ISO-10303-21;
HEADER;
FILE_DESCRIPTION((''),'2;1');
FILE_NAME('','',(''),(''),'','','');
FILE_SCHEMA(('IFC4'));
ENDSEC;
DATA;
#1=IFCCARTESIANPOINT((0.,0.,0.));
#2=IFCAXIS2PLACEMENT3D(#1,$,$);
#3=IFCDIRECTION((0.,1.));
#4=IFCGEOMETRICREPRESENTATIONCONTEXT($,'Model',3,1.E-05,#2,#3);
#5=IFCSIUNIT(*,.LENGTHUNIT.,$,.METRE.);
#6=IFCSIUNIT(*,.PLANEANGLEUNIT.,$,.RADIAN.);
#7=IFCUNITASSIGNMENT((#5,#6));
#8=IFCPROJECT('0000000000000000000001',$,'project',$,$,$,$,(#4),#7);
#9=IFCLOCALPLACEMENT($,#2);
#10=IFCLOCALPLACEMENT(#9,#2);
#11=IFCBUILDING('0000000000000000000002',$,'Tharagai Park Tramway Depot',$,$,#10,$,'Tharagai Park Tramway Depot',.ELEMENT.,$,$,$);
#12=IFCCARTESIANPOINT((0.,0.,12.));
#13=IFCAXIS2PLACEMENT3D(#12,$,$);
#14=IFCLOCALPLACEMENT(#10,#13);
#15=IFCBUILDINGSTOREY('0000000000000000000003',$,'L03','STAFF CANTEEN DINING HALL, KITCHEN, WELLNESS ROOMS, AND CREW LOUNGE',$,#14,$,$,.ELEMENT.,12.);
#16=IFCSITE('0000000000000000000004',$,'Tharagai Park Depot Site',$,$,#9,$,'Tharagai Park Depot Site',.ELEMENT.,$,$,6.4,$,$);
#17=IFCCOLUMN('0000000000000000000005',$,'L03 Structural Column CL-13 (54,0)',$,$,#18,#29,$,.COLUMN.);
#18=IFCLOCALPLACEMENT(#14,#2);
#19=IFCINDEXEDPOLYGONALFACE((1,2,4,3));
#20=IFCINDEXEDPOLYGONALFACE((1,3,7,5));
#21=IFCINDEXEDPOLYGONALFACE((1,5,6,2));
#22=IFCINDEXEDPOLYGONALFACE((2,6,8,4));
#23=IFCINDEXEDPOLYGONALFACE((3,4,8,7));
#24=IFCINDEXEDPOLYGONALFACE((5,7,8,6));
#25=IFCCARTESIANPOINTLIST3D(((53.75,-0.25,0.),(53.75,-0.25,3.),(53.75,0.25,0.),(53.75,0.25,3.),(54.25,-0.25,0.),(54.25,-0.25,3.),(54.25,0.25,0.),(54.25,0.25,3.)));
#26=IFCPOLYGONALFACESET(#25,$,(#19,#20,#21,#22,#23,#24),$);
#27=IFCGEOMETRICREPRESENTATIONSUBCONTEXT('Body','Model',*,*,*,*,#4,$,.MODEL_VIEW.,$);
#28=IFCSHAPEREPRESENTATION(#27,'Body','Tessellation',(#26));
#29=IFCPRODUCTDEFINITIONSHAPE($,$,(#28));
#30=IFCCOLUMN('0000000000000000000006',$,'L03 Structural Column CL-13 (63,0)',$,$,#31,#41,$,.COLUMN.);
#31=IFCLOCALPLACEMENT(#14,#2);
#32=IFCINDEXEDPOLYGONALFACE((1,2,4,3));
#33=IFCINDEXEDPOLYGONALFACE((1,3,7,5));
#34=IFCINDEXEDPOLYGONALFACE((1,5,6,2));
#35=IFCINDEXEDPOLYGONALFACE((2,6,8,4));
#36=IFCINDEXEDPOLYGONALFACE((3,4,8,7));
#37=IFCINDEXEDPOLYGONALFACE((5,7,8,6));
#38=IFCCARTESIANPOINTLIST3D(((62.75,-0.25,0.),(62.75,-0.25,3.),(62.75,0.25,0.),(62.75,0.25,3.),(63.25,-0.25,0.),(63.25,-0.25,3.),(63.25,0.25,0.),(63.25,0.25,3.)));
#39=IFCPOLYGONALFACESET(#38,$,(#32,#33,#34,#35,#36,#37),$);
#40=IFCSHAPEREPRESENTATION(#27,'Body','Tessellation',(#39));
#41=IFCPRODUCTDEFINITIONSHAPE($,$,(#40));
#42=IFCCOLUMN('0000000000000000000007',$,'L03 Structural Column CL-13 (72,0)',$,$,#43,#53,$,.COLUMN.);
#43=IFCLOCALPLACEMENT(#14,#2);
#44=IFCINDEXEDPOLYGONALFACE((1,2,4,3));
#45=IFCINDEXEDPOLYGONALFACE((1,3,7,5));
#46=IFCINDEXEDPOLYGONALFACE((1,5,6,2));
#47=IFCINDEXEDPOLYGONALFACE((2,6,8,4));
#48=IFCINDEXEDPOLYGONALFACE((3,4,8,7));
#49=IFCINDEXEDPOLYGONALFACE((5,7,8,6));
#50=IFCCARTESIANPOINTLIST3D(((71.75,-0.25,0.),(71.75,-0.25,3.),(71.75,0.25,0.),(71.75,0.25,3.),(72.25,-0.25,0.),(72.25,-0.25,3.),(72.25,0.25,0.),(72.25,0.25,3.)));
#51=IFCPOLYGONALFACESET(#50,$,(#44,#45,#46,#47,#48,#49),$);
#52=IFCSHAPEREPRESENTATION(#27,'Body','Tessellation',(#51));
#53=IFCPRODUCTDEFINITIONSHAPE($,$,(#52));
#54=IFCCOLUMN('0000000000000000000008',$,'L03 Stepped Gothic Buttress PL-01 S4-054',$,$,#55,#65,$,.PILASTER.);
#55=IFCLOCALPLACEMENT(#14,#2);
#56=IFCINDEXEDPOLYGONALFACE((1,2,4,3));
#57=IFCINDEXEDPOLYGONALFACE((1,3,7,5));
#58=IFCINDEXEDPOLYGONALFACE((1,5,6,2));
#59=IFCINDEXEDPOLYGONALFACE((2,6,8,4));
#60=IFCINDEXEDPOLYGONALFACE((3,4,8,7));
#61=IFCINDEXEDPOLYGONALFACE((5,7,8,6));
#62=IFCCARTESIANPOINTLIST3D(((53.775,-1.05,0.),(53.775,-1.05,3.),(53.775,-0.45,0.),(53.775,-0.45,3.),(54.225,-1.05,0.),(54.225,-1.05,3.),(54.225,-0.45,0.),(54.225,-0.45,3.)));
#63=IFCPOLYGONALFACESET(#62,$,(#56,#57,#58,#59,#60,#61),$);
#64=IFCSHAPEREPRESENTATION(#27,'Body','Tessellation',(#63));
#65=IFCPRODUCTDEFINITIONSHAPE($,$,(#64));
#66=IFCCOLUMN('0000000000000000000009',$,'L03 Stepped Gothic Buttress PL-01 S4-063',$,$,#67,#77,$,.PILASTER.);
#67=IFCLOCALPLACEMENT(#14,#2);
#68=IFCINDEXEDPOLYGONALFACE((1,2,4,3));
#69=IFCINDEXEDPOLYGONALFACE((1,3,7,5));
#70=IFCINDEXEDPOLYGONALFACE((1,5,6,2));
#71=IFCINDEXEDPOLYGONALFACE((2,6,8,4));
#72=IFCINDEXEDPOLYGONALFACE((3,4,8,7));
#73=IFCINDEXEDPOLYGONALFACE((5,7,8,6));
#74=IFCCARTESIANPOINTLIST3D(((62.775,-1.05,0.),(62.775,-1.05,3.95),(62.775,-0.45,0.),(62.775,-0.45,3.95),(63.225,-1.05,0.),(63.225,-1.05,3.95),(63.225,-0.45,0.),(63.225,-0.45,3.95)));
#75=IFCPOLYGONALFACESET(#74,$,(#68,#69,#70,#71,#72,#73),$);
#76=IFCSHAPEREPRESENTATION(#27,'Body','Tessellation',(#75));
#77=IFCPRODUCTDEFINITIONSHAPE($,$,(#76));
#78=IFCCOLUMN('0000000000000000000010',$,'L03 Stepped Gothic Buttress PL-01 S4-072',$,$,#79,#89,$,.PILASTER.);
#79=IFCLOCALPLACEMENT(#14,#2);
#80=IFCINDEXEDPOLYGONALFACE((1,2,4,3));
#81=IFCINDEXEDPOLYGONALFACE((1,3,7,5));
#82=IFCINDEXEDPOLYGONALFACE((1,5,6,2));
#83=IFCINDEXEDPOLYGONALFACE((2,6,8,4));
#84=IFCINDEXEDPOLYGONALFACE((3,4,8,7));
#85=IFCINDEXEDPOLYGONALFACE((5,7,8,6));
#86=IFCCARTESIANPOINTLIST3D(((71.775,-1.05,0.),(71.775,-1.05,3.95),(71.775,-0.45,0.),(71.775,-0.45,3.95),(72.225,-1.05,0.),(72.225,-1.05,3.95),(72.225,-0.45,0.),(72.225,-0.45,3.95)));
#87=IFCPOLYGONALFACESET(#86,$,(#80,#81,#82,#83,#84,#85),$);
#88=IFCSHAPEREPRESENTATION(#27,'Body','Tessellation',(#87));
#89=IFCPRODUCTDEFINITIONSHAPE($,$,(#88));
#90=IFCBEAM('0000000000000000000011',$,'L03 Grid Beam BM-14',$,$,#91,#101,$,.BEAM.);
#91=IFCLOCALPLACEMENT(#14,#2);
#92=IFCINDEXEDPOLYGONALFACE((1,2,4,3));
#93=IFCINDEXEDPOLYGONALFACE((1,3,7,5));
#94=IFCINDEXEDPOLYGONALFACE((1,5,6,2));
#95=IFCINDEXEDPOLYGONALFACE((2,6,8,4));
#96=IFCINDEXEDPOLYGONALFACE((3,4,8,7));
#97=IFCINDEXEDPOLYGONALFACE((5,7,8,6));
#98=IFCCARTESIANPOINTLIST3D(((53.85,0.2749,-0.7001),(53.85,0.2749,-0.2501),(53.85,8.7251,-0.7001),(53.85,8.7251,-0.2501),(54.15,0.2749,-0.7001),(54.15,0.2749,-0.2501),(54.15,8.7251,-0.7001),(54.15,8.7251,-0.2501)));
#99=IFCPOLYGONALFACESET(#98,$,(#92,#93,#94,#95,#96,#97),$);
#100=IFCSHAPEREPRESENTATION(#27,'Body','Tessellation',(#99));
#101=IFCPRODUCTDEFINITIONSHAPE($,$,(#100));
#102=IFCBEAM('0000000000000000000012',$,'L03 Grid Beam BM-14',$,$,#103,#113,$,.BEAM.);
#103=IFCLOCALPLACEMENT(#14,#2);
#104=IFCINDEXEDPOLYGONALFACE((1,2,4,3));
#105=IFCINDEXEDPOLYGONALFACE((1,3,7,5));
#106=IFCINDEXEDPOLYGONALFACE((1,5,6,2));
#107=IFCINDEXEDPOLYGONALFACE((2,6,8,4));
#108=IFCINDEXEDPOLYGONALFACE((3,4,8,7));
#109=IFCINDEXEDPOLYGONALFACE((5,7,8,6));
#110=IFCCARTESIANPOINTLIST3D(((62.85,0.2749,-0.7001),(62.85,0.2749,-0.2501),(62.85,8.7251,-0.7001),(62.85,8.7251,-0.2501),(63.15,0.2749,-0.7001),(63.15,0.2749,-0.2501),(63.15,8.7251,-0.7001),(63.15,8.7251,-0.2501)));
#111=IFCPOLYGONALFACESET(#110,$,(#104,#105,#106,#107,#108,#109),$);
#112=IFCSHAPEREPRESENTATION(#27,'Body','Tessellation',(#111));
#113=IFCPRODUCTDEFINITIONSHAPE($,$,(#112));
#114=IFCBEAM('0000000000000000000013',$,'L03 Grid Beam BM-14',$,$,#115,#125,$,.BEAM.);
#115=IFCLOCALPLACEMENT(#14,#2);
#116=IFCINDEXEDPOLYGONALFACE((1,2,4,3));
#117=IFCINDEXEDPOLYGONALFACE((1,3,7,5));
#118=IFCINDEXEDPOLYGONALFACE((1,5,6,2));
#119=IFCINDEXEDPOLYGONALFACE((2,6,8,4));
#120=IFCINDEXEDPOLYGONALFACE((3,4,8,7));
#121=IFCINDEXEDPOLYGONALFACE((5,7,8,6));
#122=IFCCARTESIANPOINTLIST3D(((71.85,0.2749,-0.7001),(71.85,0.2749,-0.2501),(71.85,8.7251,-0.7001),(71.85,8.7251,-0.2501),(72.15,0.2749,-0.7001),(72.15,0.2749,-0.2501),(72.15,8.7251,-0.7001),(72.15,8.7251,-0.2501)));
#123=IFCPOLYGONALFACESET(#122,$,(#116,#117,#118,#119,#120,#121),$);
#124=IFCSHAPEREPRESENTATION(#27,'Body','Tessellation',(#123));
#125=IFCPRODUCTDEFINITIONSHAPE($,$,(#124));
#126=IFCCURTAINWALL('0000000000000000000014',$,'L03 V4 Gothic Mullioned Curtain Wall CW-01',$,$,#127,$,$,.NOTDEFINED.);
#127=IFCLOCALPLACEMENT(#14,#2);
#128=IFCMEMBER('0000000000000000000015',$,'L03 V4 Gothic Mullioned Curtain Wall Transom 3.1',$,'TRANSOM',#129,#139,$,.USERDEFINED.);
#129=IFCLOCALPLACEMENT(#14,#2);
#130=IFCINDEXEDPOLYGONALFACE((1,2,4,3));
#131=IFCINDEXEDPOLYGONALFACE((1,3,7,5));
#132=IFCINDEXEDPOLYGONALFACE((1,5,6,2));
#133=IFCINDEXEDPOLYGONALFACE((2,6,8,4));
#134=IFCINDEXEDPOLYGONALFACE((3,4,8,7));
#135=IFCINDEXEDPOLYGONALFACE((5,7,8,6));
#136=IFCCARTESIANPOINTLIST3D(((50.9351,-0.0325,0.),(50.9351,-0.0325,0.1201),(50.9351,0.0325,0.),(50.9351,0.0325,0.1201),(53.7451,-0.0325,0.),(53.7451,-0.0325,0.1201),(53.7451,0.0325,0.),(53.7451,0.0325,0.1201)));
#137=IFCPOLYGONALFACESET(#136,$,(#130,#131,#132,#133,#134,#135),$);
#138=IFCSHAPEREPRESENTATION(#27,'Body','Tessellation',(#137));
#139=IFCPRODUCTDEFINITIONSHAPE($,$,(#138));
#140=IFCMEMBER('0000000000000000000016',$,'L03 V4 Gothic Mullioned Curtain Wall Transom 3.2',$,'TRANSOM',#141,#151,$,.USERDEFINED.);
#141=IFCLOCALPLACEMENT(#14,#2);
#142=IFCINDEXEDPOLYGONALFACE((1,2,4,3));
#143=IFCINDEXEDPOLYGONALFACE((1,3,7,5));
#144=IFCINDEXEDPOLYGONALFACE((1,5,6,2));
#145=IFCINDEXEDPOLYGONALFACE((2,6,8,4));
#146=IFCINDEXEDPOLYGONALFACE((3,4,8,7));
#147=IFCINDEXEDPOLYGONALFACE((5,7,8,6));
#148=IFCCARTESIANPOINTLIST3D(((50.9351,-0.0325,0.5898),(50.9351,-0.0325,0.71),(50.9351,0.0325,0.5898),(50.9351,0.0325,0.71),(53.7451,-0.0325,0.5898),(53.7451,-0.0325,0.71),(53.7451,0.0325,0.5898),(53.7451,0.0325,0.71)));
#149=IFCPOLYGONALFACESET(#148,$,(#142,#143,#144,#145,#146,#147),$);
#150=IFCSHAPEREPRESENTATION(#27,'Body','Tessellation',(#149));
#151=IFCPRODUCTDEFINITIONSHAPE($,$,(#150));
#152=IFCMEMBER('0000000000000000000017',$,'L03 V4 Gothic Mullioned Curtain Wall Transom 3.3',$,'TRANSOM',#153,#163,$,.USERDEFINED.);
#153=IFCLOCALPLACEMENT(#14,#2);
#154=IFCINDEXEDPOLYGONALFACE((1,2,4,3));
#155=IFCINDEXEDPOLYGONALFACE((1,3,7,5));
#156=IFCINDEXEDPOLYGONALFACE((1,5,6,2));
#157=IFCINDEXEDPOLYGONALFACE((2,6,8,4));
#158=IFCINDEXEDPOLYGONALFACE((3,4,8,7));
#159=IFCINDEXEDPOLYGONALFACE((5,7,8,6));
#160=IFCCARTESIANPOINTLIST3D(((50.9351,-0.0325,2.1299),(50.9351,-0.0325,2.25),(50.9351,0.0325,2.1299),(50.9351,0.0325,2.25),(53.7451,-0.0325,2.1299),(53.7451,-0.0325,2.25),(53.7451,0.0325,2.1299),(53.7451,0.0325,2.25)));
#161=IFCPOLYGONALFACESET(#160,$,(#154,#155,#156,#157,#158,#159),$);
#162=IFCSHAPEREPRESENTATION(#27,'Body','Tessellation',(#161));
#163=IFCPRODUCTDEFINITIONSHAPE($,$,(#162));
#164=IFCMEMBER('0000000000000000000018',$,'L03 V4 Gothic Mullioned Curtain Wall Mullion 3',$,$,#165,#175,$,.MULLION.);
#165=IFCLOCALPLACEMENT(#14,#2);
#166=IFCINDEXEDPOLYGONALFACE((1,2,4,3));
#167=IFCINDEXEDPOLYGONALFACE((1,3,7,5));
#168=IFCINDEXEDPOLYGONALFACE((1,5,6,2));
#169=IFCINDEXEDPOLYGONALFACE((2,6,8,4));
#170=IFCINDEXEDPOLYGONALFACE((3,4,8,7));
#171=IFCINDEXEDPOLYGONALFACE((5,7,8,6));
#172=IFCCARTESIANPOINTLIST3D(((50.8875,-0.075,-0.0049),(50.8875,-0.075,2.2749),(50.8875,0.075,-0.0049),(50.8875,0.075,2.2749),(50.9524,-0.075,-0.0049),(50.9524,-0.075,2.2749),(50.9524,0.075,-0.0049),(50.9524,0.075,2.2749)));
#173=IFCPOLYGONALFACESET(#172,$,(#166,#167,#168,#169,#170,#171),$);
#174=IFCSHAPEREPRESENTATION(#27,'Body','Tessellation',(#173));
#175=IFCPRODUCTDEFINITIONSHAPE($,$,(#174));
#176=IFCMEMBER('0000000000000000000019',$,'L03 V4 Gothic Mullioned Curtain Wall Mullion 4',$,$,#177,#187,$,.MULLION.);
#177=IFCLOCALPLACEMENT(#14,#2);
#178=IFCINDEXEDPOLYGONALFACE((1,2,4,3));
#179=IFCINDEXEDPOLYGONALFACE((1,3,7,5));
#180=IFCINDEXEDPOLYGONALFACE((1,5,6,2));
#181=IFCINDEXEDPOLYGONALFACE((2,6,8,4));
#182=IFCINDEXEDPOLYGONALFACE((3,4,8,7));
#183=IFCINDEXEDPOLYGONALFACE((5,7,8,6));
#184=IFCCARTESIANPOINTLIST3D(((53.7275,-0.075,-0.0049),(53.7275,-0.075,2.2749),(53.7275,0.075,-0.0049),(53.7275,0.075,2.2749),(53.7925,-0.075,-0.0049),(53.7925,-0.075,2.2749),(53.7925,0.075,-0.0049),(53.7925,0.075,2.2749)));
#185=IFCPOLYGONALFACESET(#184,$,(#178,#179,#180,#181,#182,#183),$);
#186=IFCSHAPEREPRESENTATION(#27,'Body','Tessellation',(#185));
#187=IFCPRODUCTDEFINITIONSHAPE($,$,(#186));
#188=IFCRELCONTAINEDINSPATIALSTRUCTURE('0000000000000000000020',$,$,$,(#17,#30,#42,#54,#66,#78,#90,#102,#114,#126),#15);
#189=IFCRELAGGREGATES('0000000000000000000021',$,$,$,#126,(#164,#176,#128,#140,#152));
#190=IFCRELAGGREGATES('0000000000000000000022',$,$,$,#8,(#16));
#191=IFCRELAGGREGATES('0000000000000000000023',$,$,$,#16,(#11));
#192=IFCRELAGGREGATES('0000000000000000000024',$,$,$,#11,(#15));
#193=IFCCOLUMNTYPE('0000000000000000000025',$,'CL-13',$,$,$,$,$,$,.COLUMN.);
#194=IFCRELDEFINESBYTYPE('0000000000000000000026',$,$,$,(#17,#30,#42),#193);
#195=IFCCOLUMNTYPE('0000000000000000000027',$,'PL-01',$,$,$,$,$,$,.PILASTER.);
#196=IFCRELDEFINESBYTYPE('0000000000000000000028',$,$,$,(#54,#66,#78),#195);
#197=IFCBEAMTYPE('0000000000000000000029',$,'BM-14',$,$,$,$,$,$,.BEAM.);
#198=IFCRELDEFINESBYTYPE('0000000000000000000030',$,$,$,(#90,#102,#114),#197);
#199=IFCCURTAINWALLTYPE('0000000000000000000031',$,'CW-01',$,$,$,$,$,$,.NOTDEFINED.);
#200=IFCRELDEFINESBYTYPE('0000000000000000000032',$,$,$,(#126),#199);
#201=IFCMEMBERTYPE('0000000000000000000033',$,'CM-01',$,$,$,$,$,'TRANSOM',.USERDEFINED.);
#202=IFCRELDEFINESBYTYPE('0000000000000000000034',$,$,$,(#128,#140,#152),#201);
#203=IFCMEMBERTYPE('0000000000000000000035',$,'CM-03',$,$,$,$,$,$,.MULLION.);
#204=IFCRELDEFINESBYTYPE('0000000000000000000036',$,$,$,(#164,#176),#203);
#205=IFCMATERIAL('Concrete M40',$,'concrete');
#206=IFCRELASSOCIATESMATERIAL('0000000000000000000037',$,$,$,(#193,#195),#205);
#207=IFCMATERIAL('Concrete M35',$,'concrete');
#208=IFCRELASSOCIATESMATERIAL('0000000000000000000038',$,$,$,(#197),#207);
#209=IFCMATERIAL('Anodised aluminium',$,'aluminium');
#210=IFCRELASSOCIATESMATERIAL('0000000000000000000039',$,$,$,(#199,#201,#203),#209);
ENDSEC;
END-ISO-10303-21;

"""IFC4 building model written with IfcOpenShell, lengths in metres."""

from ifc_helpers import new_model, si_unit, direction, frame, origin, origin_2d, place, context, subcontext, project, spatial, rectangle, extrude, material, material_profile, profile_set, type_object, element, aggregate, save


model = new_model("IFC4")

# Units and contexts
model_context = context("Model", 3, precision=1e-05, world=origin(), true_north=direction((0.0, 1.0)))
body_context = subcontext(model_context, "Body", "Model", "MODEL_VIEW")
ifc_project = project(units=[si_unit("LENGTHUNIT", "METRE"), si_unit("PLANEANGLEUNIT", "RADIAN")], contexts=[model_context])

# Site, building, storey
site_placement = place(None, origin())
site = spatial("IfcSite", under=ifc_project, at=site_placement, Name="Tharagai Park Depot Site", LongName="Tharagai Park Depot Site", CompositionType="ELEMENT", RefElevation=6.4)
building_placement = place(site_placement, origin())
building = spatial("IfcBuilding", under=site, at=building_placement, Name="Tharagai Park Tramway Depot", LongName="Tharagai Park Tramway Depot", CompositionType="ELEMENT")
storey_placement = place(building_placement, frame((0.0, 0.0, 12.0)))
storey = spatial("IfcBuildingStorey", under=building, at=storey_placement, Name="L03", Description="STAFF CANTEEN DINING HALL, KITCHEN, WELLNESS ROOMS, AND CREW LOUNGE", CompositionType="ELEMENT", Elevation=12.0)

# Columns
ifc_material_1 = material(Name="Concrete M40", Category="concrete")
ifc_material_profile_1 = material_profile(ifc_material_1, rectangle(XDim=0.5, YDim=0.5, at=origin_2d()), Name="RC 500x500")
ifc_profile_set_1 = profile_set([ifc_material_profile_1], Name="Concrete M40")
column_type_1 = type_object("IfcColumnType", Name="CL-13", PredefinedType="COLUMN", material=ifc_profile_set_1)
for number, where, z_axis, x_axis, name in (
    (1, (54.0, 0.0, 0.0), (0.0, 0.0, 1.0), (1.0, 0.0, 0.0), "L03 Structural Column CL-13 (54,0)"),
    (2, (63.0, 0.0, 0.0), (0.0, 0.0, 1.0), (1.0, 0.0, 0.0), "L03 Structural Column CL-13 (63,0)"),
    (3, (72.0, 0.0, 0.0), (0.0, 0.0, 1.0), (1.0, 0.0, 0.0), "L03 Structural Column CL-13 (72,0)"),
):
    element("IfcColumn", number, at=place(storey_placement, frame(where, z_axis=z_axis, x_axis=x_axis)), inside=storey, type_object=column_type_1, Name=name, PredefinedType="COLUMN", context=body_context, shape_type="SweptSolid", body=[
        extrude(rectangle(XDim=0.5, YDim=0.5, at=origin_2d()), origin(), (0.0, 0.0, 1.0), 3.0),
    ])
ifc_material_profile_2 = material_profile(ifc_material_1, rectangle(XDim=0.45, YDim=0.6001, at=origin_2d()), Name="RC 450x600")
ifc_profile_set_2 = profile_set([ifc_material_profile_2], Name="Concrete M40")
column_type_2 = type_object("IfcColumnType", Name="PL-01", PredefinedType="PILASTER", material=ifc_profile_set_2)
column_placement = place(storey_placement, frame((54.0, -0.75, 0.0), z_axis=(0.0, 0.0, 1.0), x_axis=(1.0, 0.0, 0.0)))
element("IfcColumn", 4, at=column_placement, inside=storey, type_object=column_type_2, Name="L03 Stepped Gothic Buttress PL-01 S4-054", PredefinedType="PILASTER", context=body_context, shape_type="SweptSolid", body=[
    extrude(rectangle(XDim=0.45, YDim=0.6001, at=origin_2d()), origin(), (0.0, 0.0, 1.0), 3.0),
])
for number, where, z_axis, x_axis, name in (
    (5, (63.0, -0.75, 0.0), (0.0, 0.0, 1.0), (1.0, 0.0, 0.0), "L03 Stepped Gothic Buttress PL-01 S4-063"),
    (6, (72.0, -0.75, 0.0), (0.0, 0.0, 1.0), (1.0, 0.0, 0.0), "L03 Stepped Gothic Buttress PL-01 S4-072"),
):
    element("IfcColumn", number, at=place(storey_placement, frame(where, z_axis=z_axis, x_axis=x_axis)), inside=storey, type_object=column_type_2, Name=name, PredefinedType="PILASTER", context=body_context, shape_type="SweptSolid", body=[
        extrude(rectangle(XDim=0.45, YDim=0.6001, at=origin_2d()), origin(), (0.0, 0.0, 1.0), 3.95),
    ])

# Beams
ifc_material_2 = material(Name="Concrete M35", Category="concrete")
ifc_material_profile_3 = material_profile(ifc_material_2, rectangle(XDim=0.3, YDim=0.45, at=origin_2d()), Name="RC 300x450")
ifc_profile_set_3 = profile_set([ifc_material_profile_3], Name="Concrete M35")
beam_type_1 = type_object("IfcBeamType", Name="BM-14", PredefinedType="BEAM", material=ifc_profile_set_3)
for number, where, z_axis, x_axis, name in (
    (7, (54.0, 0.2749, -0.4751), (0.0, 1.0, 0.0), (-1.0, 0.0, 0.0), "L03 Grid Beam BM-14"),
    (8, (63.0, 0.2749, -0.4751), (0.0, 1.0, 0.0), (-1.0, 0.0, 0.0), "L03 Grid Beam BM-14"),
    (9, (72.0, 0.2749, -0.4751), (0.0, 1.0, 0.0), (-1.0, 0.0, 0.0), "L03 Grid Beam BM-14"),
):
    element("IfcBeam", number, at=place(storey_placement, frame(where, z_axis=z_axis, x_axis=x_axis)), inside=storey, type_object=beam_type_1, Name=name, PredefinedType="BEAM", context=body_context, shape_type="SweptSolid", body=[
        extrude(rectangle(XDim=0.3, YDim=0.45, at=origin_2d()), origin(), (0.0, 0.0, 1.0), 8.4502),
    ])

# Curtain wall, members
ifc_material_3 = material(Name="Anodised aluminium", Category="aluminium")
curtain_wall_type = type_object("IfcCurtainWallType", Name="CW-01", PredefinedType="NOTDEFINED", material=ifc_material_3)
curtain_wall_placement = place(storey_placement, origin())
curtain_wall = element("IfcCurtainWall", 10, at=curtain_wall_placement, inside=storey, type_object=curtain_wall_type, Name="L03 V4 Gothic Mullioned Curtain Wall CW-01", PredefinedType="NOTDEFINED")
ifc_material_profile_4 = material_profile(ifc_material_3, rectangle(XDim=0.0649, YDim=0.1201, at=origin_2d()), Name="ALU 65x120")
ifc_profile_set_4 = profile_set([ifc_material_profile_4], Name="Anodised aluminium")
member_type_1 = type_object("IfcMemberType", Name="CM-01", ElementType="TRANSOM", PredefinedType="USERDEFINED", material=ifc_profile_set_4)
member_1_placement = place(storey_placement, frame((50.9351, 0.0, 0.0601), z_axis=(1.0, 0.0, 0.0), x_axis=(0.0, 1.0, 0.0)))
member_1 = element("IfcMember", 11, at=member_1_placement, type_object=member_type_1, Name="L03 V4 Gothic Mullioned Curtain Wall Transom 3.1", ObjectType="TRANSOM", PredefinedType="USERDEFINED", context=body_context, shape_type="SweptSolid", body=[
    extrude(rectangle(XDim=0.0649, YDim=0.1201, at=origin_2d()), origin(), (0.0, 0.0, 1.0), 2.8101),
])
member_2_placement = place(storey_placement, frame((50.9351, 0.0, 0.6499), z_axis=(1.0, 0.0, 0.0), x_axis=(0.0, 1.0, 0.0)))
member_2 = element("IfcMember", 12, at=member_2_placement, type_object=member_type_1, Name="L03 V4 Gothic Mullioned Curtain Wall Transom 3.2", ObjectType="TRANSOM", PredefinedType="USERDEFINED", context=body_context, shape_type="SweptSolid", body=[
    extrude(rectangle(XDim=0.0649, YDim=0.1201, at=origin_2d()), origin(), (0.0, 0.0, 1.0), 2.8101),
])
member_3_placement = place(storey_placement, frame((50.9351, 0.0, 2.1899), z_axis=(1.0, 0.0, 0.0), x_axis=(0.0, 1.0, 0.0)))
member_3 = element("IfcMember", 13, at=member_3_placement, type_object=member_type_1, Name="L03 V4 Gothic Mullioned Curtain Wall Transom 3.3", ObjectType="TRANSOM", PredefinedType="USERDEFINED", context=body_context, shape_type="SweptSolid", body=[
    extrude(rectangle(XDim=0.0649, YDim=0.1201, at=origin_2d()), origin(), (0.0, 0.0, 1.0), 2.8101),
])
ifc_material_profile_5 = material_profile(ifc_material_3, rectangle(XDim=0.0649, YDim=0.1499, at=origin_2d()), Name="ALU 65x150")
ifc_profile_set_5 = profile_set([ifc_material_profile_5], Name="Anodised aluminium")
member_type_2 = type_object("IfcMemberType", Name="CM-03", PredefinedType="MULLION", material=ifc_profile_set_5)
member_4_placement = place(storey_placement, frame((50.9199, 0.0, -0.0049), z_axis=(0.0, 0.0, 1.0), x_axis=(1.0, 0.0, 0.0)))
member_4 = element("IfcMember", 14, at=member_4_placement, type_object=member_type_2, Name="L03 V4 Gothic Mullioned Curtain Wall Mullion 3", PredefinedType="MULLION", context=body_context, shape_type="SweptSolid", body=[
    extrude(rectangle(XDim=0.0649, YDim=0.1499, at=origin_2d()), origin(), (0.0, 0.0, 1.0), 2.2798),
])
member_5_placement = place(storey_placement, frame((53.76, 0.0, -0.0049), z_axis=(0.0, 0.0, 1.0), x_axis=(1.0, 0.0, 0.0)))
member_5 = element("IfcMember", 15, at=member_5_placement, type_object=member_type_2, Name="L03 V4 Gothic Mullioned Curtain Wall Mullion 4", PredefinedType="MULLION", context=body_context, shape_type="SweptSolid", body=[
    extrude(rectangle(XDim=0.0649, YDim=0.1499, at=origin_2d()), origin(), (0.0, 0.0, 1.0), 2.2798),
])

aggregate(curtain_wall, [member_4, member_5, member_1, member_2, member_3])

save(model, "model.ifc")
